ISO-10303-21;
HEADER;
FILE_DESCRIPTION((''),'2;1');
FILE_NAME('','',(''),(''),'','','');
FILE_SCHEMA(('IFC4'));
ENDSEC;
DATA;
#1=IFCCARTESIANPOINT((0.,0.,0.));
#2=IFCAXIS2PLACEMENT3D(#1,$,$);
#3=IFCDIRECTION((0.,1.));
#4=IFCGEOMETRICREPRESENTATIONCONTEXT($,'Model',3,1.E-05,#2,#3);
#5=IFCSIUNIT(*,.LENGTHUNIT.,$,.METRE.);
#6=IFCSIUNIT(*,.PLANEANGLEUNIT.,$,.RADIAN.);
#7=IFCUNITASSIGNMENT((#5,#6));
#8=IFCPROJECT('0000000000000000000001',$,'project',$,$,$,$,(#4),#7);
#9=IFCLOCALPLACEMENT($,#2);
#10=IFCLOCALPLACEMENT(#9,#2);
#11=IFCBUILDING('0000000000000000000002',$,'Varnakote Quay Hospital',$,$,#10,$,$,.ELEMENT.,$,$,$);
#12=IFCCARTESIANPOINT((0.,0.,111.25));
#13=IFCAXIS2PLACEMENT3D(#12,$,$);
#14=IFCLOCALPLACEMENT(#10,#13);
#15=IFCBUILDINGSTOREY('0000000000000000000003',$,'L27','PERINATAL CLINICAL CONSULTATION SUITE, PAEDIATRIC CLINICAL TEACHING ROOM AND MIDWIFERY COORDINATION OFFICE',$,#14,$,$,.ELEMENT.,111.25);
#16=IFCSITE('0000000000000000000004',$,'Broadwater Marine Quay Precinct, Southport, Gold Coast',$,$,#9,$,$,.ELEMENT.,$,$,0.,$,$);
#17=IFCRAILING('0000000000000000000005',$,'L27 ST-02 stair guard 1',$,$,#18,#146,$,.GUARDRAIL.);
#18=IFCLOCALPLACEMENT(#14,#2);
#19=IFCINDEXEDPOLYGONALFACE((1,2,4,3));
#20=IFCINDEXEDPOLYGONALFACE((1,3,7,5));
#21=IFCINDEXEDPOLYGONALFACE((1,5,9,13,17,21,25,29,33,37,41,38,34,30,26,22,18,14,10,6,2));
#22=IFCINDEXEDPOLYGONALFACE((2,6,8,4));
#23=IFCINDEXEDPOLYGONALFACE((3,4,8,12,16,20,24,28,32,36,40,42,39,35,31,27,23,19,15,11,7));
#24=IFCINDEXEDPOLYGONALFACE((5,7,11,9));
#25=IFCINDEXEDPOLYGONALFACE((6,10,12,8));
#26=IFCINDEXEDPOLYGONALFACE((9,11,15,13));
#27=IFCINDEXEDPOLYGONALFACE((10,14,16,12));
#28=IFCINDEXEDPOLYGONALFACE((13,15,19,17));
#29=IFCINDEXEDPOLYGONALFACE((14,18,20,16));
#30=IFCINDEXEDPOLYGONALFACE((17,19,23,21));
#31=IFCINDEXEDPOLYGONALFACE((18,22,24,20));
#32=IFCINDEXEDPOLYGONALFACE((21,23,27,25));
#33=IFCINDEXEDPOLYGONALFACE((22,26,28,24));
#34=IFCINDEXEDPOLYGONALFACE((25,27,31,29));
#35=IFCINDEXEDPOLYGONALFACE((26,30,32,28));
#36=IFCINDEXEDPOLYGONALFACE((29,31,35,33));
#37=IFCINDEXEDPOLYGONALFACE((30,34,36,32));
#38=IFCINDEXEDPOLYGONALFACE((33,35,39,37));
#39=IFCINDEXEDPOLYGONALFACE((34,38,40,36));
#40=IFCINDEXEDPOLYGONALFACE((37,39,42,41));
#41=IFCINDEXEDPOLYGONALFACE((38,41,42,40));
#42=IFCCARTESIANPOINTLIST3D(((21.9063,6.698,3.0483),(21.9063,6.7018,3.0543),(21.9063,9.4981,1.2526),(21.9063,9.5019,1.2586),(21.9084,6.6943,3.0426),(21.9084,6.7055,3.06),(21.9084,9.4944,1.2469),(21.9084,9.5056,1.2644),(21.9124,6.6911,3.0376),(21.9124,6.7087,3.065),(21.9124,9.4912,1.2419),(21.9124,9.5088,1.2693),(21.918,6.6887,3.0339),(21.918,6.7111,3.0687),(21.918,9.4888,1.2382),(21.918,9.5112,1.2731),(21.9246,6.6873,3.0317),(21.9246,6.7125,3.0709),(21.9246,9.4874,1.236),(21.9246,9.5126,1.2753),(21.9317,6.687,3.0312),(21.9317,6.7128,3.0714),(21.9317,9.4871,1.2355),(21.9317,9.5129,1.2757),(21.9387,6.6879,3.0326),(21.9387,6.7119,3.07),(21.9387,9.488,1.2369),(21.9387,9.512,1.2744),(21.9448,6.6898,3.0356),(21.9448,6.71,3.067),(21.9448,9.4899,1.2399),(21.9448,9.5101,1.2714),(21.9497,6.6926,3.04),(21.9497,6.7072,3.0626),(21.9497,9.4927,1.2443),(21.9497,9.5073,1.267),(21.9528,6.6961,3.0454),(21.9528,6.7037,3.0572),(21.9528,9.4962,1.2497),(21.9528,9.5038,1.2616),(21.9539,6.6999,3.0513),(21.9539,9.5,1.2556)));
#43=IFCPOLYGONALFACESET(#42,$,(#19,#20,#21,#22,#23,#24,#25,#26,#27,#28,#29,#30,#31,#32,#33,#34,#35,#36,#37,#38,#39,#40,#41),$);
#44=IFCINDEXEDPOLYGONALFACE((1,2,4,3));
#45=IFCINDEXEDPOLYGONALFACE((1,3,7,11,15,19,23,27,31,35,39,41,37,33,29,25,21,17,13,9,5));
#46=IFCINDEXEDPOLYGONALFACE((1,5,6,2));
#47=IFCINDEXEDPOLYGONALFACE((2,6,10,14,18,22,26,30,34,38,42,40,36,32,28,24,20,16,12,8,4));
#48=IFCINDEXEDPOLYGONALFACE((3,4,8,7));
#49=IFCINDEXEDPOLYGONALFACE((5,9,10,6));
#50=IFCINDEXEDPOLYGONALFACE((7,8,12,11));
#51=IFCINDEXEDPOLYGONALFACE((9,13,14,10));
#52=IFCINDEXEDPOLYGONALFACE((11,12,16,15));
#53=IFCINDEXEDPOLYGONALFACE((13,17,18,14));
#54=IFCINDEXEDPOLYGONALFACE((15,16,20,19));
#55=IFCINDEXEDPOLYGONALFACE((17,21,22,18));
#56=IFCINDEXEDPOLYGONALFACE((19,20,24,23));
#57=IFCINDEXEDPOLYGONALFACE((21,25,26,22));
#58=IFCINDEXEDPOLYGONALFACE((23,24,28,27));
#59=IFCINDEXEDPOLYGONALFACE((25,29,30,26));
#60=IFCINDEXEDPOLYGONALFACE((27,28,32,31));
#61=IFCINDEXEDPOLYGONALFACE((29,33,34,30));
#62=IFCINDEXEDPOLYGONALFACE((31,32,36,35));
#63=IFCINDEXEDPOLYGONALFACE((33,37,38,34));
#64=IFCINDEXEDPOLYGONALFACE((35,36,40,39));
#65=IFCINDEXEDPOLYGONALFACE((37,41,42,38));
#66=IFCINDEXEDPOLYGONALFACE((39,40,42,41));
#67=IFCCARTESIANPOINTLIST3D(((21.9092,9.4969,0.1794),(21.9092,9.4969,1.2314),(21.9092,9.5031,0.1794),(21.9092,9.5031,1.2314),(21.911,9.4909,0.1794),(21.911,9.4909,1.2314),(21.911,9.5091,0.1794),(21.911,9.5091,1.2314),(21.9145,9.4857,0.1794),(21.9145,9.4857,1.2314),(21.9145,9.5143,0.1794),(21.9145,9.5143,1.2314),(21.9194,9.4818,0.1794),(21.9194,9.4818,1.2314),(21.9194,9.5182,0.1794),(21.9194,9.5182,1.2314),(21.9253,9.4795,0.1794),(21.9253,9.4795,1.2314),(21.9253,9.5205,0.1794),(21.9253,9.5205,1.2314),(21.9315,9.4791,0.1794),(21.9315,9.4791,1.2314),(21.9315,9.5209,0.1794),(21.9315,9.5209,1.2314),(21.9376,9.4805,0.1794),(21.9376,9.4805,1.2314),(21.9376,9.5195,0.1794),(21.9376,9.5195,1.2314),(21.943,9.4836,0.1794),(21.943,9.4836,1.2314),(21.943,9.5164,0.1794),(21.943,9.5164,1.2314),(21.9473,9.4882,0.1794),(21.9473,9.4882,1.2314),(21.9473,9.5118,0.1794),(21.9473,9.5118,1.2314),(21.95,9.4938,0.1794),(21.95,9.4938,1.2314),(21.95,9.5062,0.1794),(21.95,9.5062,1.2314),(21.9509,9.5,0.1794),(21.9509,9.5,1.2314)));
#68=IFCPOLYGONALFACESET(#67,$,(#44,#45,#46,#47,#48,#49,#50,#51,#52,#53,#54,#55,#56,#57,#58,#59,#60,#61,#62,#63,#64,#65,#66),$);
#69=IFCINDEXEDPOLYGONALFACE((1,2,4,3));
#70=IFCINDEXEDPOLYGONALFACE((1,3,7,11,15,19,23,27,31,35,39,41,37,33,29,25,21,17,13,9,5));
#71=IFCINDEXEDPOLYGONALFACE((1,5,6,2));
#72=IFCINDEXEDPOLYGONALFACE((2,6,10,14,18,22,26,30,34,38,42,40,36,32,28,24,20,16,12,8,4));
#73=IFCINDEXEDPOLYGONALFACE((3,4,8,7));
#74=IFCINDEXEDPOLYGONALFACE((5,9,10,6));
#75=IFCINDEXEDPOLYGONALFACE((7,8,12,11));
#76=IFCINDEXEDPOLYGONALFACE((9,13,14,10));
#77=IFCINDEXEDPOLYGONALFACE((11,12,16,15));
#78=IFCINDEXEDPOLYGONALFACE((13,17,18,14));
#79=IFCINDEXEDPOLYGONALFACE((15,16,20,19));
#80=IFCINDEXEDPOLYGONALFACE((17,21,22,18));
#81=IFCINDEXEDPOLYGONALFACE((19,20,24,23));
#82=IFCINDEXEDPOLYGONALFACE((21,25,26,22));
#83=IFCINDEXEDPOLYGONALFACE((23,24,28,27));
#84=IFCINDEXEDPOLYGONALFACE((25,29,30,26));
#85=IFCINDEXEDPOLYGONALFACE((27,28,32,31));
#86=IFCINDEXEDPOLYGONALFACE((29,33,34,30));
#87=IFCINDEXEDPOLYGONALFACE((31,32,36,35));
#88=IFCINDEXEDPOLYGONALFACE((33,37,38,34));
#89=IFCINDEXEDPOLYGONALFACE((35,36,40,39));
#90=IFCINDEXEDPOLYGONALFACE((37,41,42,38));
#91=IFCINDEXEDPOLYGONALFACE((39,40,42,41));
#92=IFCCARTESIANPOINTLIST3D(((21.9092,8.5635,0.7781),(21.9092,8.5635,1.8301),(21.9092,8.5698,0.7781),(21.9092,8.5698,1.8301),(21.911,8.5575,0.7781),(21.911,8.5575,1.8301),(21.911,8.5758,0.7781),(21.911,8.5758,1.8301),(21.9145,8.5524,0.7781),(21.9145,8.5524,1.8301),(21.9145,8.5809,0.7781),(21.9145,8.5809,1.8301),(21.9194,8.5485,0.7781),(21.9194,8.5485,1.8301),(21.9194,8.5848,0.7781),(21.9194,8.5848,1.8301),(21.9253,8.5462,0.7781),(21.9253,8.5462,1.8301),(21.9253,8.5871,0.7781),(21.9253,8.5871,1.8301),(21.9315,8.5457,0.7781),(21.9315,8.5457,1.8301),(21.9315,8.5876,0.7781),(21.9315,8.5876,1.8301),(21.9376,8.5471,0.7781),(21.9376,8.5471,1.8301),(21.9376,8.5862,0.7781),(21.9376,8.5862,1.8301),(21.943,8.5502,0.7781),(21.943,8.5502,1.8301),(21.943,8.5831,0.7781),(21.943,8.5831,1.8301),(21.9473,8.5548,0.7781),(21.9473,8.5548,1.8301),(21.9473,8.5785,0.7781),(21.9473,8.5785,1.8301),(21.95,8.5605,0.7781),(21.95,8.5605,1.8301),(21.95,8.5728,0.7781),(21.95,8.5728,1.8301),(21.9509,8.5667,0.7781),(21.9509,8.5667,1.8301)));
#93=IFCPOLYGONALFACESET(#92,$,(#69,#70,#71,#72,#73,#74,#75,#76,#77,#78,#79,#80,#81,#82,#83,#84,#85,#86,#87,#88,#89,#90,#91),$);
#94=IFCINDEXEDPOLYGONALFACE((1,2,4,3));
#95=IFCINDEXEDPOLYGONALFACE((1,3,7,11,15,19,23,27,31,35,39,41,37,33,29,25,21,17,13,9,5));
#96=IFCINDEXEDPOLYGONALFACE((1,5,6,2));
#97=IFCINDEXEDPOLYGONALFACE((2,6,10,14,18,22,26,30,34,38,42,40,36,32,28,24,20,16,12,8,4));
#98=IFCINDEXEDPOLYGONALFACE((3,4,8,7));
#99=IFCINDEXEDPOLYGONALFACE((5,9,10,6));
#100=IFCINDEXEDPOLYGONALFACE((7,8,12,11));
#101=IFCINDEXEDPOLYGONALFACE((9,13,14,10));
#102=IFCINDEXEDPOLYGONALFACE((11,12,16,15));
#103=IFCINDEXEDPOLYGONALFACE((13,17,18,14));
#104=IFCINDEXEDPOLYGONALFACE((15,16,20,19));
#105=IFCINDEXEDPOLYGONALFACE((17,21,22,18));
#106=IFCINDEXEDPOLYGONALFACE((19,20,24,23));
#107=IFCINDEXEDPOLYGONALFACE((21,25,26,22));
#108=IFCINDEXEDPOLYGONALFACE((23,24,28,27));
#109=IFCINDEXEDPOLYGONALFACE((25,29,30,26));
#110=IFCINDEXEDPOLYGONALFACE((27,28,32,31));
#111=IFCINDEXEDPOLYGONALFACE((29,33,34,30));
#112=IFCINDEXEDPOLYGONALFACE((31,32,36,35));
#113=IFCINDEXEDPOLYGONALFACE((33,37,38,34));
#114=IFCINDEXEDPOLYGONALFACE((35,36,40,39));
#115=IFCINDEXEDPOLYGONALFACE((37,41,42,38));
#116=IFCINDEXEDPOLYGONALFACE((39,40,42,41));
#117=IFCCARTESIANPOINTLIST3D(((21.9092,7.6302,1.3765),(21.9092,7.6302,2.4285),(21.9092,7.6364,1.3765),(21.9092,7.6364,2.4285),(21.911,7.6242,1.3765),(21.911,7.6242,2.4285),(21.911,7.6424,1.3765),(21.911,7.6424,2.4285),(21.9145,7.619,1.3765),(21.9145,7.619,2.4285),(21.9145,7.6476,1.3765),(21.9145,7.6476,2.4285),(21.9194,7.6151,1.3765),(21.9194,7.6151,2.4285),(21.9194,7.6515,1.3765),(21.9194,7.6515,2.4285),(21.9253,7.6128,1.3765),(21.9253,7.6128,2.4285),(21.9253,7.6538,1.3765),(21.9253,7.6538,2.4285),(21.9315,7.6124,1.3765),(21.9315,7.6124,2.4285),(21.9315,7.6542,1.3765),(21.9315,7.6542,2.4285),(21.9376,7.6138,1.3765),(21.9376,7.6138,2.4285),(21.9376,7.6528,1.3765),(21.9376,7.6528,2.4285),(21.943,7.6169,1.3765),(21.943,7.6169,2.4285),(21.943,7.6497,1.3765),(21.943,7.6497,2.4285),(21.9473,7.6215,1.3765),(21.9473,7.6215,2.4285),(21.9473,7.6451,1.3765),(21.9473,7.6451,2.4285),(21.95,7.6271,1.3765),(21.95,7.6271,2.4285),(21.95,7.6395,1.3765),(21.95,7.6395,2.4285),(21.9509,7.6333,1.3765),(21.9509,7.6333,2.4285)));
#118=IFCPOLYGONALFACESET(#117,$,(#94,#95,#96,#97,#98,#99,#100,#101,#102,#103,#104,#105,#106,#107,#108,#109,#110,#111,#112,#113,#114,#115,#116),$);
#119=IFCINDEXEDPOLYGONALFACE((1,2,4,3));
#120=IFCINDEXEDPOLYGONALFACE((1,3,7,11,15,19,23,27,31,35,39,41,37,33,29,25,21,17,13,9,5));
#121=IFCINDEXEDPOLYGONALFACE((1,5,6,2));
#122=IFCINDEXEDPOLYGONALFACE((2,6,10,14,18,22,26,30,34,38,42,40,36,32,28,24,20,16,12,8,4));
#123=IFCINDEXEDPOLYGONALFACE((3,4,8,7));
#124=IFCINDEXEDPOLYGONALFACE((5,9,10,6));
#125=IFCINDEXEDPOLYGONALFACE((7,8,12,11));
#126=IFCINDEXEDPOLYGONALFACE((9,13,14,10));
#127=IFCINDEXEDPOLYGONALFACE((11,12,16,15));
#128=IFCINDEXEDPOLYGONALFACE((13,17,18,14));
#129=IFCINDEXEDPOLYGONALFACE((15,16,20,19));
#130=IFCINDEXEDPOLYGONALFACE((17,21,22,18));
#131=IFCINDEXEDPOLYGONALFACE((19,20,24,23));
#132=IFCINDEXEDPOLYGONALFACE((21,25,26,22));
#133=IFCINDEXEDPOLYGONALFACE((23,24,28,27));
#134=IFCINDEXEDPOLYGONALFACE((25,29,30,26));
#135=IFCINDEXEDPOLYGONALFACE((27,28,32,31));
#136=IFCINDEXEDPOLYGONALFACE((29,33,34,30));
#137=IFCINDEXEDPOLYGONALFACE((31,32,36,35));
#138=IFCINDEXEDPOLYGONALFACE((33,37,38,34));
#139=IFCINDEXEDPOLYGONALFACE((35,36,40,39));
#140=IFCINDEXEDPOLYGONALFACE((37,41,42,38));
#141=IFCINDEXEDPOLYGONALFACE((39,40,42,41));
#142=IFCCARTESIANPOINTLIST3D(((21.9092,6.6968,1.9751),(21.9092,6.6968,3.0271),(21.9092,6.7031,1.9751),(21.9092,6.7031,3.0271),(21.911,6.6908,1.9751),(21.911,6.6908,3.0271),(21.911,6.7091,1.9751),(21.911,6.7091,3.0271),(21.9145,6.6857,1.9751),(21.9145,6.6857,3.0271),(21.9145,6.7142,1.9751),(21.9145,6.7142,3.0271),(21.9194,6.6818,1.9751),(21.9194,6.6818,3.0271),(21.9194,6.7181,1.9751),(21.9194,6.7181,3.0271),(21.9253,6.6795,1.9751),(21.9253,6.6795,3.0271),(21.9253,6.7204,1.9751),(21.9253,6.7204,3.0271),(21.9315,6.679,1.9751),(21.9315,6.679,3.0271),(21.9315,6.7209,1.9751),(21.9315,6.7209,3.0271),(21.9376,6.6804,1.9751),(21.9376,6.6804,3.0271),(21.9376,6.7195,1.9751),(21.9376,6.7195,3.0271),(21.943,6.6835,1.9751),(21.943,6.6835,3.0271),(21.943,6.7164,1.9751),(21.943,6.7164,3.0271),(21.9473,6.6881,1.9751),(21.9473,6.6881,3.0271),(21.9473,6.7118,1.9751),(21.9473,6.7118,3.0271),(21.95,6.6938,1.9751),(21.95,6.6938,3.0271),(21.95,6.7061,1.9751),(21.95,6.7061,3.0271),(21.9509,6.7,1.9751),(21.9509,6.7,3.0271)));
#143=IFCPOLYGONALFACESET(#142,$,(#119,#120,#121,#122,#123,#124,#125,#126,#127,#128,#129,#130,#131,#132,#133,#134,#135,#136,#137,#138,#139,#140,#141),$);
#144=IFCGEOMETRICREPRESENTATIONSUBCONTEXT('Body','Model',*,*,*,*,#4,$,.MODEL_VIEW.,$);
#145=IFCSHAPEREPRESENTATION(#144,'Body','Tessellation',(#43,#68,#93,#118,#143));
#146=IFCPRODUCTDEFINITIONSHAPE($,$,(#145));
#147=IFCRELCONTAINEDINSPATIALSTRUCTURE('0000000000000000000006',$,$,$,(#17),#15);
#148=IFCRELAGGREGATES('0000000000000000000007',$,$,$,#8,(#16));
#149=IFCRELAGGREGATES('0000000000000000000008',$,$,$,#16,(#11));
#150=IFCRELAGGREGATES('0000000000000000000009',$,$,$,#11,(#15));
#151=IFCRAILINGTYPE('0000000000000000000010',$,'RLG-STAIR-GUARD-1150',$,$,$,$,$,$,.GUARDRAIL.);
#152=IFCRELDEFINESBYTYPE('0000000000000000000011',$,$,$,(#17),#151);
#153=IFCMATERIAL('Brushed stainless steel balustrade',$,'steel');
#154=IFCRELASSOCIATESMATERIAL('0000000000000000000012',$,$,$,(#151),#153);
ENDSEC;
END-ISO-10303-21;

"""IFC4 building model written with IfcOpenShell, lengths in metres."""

from ifc_helpers import new_model, si_unit, direction, frame, origin, origin_2d, place, context, subcontext, project, spatial, circle, extrude, material, type_object, element, save


model = new_model("IFC4")

# Units and contexts
model_context = context("Model", 3, precision=1e-05, world=origin(), true_north=direction((0.0, 1.0)))
body_context = subcontext(model_context, "Body", "Model", "MODEL_VIEW")
ifc_project = project(units=[si_unit("LENGTHUNIT", "METRE"), si_unit("PLANEANGLEUNIT", "RADIAN")], contexts=[model_context])

# Site, building, storey
site_placement = place(None, origin())
site = spatial("IfcSite", under=ifc_project, at=site_placement, Name="Broadwater Marine Quay Precinct, Southport, Gold Coast", CompositionType="ELEMENT", RefElevation=0.0)
building_placement = place(site_placement, origin())
building = spatial("IfcBuilding", under=site, at=building_placement, Name="Varnakote Quay Hospital", CompositionType="ELEMENT")
storey_placement = place(building_placement, frame((0.0, 0.0, 111.25)))
storey = spatial("IfcBuildingStorey", under=building, at=storey_placement, Name="L27", Description="PERINATAL CLINICAL CONSULTATION SUITE, PAEDIATRIC CLINICAL TEACHING ROOM AND MIDWIFERY COORDINATION OFFICE", CompositionType="ELEMENT", Elevation=111.25)

# Railing
ifc_material_1 = material(Name="Brushed stainless steel balustrade", Category="steel")
railing_type_1 = type_object("IfcRailingType", Name="RLG-STAIR-GUARD-1150", PredefinedType="GUARDRAIL", material=ifc_material_1)
railing_1_placement = place(storey_placement, frame((21.9299, 9.5, 0.1794)))
element("IfcRailing", 1, at=railing_1_placement, inside=storey, type_object=railing_type_1, Name="L27 ST-02 stair guard 1", PredefinedType="GUARDRAIL", context=body_context, shape_type="SweptSolid", body=[
    extrude(circle(Radius=0.0239, at=origin_2d()), frame((0.0, 0.0, 1.0762), z_axis=(0.0, -0.841777, 0.539826), x_axis=(1.0, 0.0, 0.0)), (0.0, 0.0, 1.0), 3.3264),
    extrude(circle(Radius=0.021, at=origin_2d()), origin(), (0.0, 0.0, 1.0), 1.052),
    extrude(circle(Radius=0.021, at=origin_2d()), frame((0.0, -0.9333, 0.5986)), (0.0, 0.0, 1.0), 1.052),
    extrude(circle(Radius=0.021, at=origin_2d()), frame((0.0, -1.8667, 1.197)), (0.0, 0.0, 1.0), 1.052),
    extrude(circle(Radius=0.021, at=origin_2d()), frame((0.0, -2.8, 1.7957)), (0.0, 0.0, 1.0), 1.052),
])

save(model, "model.ifc")
